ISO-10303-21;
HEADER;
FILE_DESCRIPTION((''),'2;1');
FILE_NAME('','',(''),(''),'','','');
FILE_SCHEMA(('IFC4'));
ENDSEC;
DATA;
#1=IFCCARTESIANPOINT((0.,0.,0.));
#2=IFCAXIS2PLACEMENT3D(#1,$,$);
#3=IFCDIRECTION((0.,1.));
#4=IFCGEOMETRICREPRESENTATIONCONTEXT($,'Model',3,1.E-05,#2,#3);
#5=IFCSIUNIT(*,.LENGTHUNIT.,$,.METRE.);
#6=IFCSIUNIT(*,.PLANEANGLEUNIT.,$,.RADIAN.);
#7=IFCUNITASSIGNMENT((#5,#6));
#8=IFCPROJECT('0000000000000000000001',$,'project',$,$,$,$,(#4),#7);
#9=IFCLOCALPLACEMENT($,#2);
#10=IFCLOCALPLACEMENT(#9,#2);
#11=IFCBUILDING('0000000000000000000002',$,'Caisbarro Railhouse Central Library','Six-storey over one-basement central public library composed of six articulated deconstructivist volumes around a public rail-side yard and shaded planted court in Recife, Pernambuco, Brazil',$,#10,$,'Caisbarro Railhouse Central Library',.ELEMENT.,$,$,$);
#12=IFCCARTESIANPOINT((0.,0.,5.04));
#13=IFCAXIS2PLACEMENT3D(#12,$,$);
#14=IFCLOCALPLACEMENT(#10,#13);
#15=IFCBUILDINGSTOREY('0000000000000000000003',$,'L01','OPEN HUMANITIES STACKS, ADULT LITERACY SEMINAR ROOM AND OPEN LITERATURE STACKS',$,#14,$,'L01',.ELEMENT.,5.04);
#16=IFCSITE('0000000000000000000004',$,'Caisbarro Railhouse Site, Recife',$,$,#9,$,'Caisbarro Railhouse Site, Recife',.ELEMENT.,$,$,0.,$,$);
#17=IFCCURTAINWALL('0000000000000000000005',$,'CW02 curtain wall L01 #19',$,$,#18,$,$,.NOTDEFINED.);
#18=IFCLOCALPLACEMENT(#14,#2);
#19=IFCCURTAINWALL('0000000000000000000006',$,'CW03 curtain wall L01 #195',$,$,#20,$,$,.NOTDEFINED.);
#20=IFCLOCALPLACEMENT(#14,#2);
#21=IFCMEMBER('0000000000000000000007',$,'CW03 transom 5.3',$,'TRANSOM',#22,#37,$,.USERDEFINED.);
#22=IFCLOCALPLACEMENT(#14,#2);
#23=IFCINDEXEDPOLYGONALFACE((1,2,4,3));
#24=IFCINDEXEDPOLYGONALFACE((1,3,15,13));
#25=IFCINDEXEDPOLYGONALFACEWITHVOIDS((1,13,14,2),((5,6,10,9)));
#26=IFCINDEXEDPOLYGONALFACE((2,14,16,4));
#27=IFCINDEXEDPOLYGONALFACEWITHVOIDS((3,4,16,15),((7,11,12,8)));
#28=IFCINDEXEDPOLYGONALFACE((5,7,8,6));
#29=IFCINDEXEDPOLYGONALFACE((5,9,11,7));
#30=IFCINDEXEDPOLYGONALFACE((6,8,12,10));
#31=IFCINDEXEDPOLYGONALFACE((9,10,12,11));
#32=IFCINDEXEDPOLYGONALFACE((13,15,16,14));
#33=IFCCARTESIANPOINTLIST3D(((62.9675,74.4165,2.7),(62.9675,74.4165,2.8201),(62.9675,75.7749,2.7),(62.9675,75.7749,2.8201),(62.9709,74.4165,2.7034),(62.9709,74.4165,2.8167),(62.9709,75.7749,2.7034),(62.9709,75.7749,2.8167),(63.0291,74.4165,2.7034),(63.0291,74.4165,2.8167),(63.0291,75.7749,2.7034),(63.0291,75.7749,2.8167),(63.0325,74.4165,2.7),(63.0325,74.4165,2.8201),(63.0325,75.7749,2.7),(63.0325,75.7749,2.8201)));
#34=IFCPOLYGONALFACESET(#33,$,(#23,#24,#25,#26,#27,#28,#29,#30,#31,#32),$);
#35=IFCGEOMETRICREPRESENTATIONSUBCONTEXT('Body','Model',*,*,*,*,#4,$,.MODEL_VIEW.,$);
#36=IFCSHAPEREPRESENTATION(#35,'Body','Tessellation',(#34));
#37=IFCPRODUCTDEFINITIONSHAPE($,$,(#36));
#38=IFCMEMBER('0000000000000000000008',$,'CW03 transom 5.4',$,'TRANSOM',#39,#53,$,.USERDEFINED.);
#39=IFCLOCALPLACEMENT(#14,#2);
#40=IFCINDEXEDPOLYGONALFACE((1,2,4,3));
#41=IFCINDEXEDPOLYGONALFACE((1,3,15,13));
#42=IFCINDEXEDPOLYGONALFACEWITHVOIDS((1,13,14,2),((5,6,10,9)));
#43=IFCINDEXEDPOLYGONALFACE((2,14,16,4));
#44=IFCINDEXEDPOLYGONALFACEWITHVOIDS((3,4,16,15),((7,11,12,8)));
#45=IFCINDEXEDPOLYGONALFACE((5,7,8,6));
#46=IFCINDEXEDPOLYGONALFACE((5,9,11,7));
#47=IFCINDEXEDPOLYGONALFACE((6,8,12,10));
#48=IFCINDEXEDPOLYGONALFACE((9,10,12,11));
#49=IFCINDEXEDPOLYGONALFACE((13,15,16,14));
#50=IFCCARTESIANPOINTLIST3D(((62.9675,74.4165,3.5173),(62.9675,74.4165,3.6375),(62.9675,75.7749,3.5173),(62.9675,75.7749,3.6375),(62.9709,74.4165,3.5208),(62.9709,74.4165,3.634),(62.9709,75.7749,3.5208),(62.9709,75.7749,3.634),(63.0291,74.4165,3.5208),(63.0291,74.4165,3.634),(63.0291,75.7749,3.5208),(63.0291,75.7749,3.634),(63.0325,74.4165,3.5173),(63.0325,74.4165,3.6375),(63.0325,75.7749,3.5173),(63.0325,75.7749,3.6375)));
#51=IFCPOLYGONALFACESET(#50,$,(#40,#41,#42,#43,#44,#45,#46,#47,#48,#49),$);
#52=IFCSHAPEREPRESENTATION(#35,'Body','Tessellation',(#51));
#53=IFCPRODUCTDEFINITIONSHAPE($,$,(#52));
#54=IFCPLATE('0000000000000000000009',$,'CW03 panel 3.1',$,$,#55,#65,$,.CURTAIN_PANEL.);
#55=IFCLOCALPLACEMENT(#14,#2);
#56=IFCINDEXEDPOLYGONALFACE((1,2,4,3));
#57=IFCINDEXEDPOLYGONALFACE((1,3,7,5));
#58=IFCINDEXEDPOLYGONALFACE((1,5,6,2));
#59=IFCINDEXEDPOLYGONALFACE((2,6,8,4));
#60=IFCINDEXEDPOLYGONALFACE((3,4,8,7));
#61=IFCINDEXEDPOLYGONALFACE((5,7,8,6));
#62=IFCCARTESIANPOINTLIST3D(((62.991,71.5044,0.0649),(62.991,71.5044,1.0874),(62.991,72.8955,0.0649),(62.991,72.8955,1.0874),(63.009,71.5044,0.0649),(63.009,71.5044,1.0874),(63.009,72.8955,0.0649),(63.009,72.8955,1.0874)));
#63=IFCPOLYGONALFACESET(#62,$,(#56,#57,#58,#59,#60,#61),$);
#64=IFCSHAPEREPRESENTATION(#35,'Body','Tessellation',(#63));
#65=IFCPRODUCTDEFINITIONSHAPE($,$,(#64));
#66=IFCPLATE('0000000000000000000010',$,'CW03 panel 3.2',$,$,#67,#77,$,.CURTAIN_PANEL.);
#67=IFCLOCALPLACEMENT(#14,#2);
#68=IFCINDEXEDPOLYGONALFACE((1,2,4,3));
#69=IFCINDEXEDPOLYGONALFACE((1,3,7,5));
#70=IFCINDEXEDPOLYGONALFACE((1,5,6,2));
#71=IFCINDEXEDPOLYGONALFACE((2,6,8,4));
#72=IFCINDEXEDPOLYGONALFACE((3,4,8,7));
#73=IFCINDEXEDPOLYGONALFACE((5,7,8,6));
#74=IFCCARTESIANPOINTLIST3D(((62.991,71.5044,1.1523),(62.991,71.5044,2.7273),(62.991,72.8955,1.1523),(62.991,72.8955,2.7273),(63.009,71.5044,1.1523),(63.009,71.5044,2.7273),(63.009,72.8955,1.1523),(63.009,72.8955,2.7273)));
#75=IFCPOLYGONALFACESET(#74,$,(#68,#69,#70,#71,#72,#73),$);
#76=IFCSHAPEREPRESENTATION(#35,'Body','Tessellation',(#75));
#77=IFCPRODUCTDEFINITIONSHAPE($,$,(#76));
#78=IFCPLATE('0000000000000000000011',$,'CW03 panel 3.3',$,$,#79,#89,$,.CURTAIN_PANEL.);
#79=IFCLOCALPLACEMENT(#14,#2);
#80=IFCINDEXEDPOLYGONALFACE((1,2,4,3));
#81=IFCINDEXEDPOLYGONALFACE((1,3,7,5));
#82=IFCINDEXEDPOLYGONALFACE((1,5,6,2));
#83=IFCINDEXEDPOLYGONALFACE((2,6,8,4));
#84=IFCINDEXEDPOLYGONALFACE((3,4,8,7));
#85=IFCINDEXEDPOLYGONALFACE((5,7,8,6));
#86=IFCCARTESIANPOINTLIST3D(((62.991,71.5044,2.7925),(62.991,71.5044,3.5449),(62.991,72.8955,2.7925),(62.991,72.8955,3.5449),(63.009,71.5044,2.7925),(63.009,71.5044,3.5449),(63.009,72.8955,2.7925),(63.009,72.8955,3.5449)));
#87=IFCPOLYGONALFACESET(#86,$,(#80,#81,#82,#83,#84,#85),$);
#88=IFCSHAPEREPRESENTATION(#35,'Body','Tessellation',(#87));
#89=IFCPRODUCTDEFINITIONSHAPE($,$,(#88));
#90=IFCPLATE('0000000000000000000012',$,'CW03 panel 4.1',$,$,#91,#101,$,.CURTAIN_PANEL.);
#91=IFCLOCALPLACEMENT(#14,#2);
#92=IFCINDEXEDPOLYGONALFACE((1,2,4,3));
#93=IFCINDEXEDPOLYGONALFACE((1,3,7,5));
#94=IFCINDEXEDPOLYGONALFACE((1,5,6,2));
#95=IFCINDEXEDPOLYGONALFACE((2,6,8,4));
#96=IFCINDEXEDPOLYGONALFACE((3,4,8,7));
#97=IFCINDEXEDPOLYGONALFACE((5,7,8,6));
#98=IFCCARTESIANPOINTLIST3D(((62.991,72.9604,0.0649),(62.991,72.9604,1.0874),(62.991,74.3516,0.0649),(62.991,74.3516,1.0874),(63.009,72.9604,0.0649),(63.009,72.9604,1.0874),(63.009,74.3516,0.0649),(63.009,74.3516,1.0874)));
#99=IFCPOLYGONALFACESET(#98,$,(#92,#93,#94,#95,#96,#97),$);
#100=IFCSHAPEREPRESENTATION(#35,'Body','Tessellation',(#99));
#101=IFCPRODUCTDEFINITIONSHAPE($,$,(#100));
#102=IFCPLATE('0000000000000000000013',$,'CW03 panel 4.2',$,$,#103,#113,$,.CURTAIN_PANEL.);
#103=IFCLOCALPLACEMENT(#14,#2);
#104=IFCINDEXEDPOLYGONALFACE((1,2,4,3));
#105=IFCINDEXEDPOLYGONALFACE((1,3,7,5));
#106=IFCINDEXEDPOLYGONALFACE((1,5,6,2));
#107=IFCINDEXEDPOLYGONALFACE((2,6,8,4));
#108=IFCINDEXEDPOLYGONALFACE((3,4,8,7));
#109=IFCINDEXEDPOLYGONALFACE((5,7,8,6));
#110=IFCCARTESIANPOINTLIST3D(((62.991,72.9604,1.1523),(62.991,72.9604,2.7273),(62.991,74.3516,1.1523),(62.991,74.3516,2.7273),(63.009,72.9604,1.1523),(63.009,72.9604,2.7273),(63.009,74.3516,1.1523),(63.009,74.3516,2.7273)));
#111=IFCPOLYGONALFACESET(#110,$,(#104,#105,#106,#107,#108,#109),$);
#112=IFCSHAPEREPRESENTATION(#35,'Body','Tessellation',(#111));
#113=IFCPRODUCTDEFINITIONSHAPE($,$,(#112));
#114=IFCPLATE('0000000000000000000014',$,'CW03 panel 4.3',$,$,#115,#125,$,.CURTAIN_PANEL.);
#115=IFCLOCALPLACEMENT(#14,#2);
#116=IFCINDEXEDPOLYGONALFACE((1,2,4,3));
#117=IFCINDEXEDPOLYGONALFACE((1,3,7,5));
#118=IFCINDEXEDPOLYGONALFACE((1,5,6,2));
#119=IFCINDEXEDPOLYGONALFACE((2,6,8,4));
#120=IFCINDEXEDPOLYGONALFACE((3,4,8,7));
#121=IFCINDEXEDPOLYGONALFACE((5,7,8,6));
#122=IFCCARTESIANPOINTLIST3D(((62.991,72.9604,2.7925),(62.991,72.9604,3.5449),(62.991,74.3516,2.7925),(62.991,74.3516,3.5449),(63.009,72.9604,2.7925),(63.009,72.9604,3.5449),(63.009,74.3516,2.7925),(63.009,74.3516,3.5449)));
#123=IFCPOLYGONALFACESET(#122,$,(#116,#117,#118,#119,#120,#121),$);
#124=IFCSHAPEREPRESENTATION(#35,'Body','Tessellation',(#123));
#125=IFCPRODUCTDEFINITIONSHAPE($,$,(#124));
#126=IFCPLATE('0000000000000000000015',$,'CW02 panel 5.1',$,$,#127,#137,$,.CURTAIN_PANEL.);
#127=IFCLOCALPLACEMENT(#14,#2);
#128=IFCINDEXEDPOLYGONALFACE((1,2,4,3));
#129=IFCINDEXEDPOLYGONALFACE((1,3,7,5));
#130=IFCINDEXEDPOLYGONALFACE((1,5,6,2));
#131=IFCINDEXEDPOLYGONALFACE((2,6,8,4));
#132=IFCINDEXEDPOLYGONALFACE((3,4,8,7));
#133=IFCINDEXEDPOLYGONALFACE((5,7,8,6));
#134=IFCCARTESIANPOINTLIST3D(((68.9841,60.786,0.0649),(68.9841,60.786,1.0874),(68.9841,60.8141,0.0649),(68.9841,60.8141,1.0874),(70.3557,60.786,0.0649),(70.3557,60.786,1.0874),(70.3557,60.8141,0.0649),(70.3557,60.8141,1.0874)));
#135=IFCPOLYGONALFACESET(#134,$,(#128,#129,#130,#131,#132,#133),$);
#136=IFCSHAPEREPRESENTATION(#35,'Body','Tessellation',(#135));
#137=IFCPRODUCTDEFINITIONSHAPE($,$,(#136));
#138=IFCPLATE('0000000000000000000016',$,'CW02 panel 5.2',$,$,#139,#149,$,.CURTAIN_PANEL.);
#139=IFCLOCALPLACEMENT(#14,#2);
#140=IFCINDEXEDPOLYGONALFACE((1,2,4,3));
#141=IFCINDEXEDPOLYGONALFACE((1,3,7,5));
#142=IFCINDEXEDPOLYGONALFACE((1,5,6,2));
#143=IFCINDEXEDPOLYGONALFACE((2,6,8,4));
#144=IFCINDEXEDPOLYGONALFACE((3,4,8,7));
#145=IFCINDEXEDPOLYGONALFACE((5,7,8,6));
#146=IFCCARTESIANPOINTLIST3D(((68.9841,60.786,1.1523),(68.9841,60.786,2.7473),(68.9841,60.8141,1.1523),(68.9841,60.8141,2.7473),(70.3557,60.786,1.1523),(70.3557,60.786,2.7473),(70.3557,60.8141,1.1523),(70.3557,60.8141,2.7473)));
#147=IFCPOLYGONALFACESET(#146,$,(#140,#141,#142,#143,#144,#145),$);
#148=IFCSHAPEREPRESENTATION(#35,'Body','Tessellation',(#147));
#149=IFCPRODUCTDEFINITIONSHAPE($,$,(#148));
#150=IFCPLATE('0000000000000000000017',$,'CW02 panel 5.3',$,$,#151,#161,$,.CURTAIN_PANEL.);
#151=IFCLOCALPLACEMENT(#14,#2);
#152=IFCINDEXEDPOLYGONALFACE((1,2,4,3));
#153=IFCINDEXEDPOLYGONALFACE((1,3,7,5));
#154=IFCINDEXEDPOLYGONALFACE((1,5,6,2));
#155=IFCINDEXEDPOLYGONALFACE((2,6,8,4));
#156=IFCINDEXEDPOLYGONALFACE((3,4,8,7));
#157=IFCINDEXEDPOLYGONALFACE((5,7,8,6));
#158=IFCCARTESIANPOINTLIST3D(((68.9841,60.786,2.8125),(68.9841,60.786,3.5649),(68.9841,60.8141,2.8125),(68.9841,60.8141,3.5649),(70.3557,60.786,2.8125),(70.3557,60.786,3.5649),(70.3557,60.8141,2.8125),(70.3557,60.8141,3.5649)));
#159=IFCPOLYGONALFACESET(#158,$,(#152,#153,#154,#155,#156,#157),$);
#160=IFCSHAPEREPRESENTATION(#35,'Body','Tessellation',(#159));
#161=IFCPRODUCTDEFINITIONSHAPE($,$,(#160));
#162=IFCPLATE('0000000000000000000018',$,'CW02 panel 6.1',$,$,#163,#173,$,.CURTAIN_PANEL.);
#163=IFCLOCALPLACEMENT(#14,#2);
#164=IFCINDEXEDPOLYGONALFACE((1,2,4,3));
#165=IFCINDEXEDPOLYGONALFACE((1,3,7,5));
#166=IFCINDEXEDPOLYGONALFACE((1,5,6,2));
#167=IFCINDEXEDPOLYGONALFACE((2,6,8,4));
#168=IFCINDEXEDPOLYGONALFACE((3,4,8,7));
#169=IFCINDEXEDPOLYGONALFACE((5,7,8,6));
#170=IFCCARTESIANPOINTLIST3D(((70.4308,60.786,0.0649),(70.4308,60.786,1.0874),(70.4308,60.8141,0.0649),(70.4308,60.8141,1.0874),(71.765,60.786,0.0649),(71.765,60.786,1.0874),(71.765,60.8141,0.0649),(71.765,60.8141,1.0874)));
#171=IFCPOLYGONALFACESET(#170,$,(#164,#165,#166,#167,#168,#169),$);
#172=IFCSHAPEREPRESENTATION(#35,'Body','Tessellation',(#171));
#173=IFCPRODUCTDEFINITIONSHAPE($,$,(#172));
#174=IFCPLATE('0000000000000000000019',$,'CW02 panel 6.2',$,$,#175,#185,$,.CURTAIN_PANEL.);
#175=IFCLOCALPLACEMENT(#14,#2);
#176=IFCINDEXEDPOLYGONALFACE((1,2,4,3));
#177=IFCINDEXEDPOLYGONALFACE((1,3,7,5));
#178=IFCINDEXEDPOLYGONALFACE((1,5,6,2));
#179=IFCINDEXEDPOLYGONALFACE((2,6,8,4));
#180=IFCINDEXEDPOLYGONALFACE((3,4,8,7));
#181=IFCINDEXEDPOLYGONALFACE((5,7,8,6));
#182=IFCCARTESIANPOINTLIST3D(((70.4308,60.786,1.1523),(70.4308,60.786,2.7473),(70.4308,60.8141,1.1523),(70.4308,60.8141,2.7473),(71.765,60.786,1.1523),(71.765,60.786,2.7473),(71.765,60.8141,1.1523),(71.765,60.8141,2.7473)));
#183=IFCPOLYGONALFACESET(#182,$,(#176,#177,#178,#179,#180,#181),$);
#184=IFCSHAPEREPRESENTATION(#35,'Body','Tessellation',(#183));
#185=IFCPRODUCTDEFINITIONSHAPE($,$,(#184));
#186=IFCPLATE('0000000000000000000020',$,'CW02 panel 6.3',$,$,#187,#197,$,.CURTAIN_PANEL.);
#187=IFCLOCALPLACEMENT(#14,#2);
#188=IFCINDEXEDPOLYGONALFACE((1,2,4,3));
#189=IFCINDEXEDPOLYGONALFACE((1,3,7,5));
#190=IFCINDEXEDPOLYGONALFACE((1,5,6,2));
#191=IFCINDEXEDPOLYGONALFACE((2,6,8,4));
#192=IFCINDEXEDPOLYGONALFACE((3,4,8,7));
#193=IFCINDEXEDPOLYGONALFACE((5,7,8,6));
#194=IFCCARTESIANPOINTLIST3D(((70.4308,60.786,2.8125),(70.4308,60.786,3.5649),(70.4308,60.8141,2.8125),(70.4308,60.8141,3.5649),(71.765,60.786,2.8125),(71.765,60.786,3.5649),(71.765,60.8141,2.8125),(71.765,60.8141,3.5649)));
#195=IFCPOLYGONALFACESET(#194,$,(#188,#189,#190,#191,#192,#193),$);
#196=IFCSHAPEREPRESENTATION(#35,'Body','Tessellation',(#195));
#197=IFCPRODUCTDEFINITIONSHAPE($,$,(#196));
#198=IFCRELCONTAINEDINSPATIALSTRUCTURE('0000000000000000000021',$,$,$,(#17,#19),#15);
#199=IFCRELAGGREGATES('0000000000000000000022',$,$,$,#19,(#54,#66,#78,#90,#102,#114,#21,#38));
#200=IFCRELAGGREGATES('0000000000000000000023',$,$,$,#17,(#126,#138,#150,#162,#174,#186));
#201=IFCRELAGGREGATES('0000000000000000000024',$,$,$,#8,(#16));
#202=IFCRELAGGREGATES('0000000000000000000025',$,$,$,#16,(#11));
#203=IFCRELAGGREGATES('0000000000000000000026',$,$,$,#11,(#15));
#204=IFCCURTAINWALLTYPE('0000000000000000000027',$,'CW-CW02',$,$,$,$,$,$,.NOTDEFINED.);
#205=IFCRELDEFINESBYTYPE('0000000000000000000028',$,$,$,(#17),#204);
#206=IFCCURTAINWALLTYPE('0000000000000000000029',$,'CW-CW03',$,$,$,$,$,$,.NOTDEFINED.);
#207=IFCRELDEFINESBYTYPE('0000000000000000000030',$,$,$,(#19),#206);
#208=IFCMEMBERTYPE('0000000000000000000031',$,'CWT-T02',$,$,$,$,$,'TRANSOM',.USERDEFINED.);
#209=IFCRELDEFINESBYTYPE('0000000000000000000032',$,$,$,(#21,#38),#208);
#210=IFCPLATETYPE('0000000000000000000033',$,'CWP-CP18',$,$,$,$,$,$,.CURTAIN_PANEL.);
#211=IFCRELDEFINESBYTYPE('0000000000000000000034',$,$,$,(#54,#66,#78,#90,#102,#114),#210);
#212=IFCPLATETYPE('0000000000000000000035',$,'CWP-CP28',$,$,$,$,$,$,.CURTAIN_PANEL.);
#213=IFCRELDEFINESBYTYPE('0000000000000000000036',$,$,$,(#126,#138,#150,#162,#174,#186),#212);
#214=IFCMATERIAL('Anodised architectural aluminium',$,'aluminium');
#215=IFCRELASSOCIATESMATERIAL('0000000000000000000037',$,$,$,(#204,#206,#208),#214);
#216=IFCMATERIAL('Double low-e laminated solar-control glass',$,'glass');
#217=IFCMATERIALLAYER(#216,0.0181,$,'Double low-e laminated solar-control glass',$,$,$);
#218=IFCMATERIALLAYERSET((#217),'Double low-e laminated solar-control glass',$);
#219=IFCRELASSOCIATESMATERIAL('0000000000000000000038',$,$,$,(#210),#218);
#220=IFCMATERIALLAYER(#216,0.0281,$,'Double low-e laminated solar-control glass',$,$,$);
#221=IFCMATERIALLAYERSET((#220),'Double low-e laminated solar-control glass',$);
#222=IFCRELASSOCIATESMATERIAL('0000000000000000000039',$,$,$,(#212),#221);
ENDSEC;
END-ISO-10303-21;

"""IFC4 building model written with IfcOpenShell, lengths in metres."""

from ifc_helpers import new_model, si_unit, direction, frame, origin, origin_2d, place, context, subcontext, project, spatial, rectangle, hollow_rectangle, extrude, material, layer, layer_set, material_profile, profile_set, type_object, element, aggregate, save


model = new_model("IFC4")

# Units and contexts
model_context = context("Model", 3, precision=1e-05, world=origin(), true_north=direction((0.0, 1.0)))
body_context = subcontext(model_context, "Body", "Model", "MODEL_VIEW")
ifc_project = project(units=[si_unit("LENGTHUNIT", "METRE"), si_unit("PLANEANGLEUNIT", "RADIAN")], contexts=[model_context])

# Site, building, storey
site_placement = place(None, origin())
site = spatial("IfcSite", under=ifc_project, at=site_placement, Name="Caisbarro Railhouse Site, Recife", LongName="Caisbarro Railhouse Site, Recife", CompositionType="ELEMENT", RefElevation=0.0)
building_placement = place(site_placement, origin())
building = spatial("IfcBuilding", under=site, at=building_placement, Name="Caisbarro Railhouse Central Library", Description="Six-storey over one-basement central public library composed of six articulated deconstructivist volumes around a public rail-side yard and shaded planted court in Recife, Pernambuco, Brazil", LongName="Caisbarro Railhouse Central Library", CompositionType="ELEMENT")
storey_placement = place(building_placement, frame((0.0, 0.0, 5.04)))
storey = spatial("IfcBuildingStorey", under=building, at=storey_placement, Name="L01", Description="OPEN HUMANITIES STACKS, ADULT LITERACY SEMINAR ROOM AND OPEN LITERATURE STACKS", LongName="L01", CompositionType="ELEMENT", Elevation=5.04)

# Curtain walls
ifc_material_1 = material(Name="Anodised architectural aluminium", Category="aluminium")
curtain_wall_type_1 = type_object("IfcCurtainWallType", Name="CW-CW02", PredefinedType="NOTDEFINED", material=ifc_material_1)
curtain_wall_1_placement = place(storey_placement, origin())
curtain_wall_1 = element("IfcCurtainWall", 1, at=curtain_wall_1_placement, inside=storey, type_object=curtain_wall_type_1, Name="CW02 curtain wall L01 #19", PredefinedType="NOTDEFINED")
curtain_wall_type_2 = type_object("IfcCurtainWallType", Name="CW-CW03", PredefinedType="NOTDEFINED", material=ifc_material_1)
curtain_wall_2_placement = place(storey_placement, origin())
curtain_wall_2 = element("IfcCurtainWall", 2, at=curtain_wall_2_placement, inside=storey, type_object=curtain_wall_type_2, Name="CW03 curtain wall L01 #195", PredefinedType="NOTDEFINED")

# Members
ifc_material_profile_1 = material_profile(ifc_material_1, hollow_rectangle(XDim=0.0649, YDim=0.1201, WallThickness=0.0034, at=origin_2d()), Name="ALU-TRN-65X120")
ifc_profile_set_1 = profile_set([ifc_material_profile_1], Name="Anodised architectural aluminium")
member_type_1 = type_object("IfcMemberType", Name="CWT-T02", ElementType="TRANSOM", PredefinedType="USERDEFINED", material=ifc_profile_set_1)
member_1_placement = place(storey_placement, frame((63.0, 74.4165, 2.76), z_axis=(0.0, 1.0, 0.0), x_axis=(-1.0, 0.0, 0.0)))
member_1 = element("IfcMember", 3, at=member_1_placement, type_object=member_type_1, Name="CW03 transom 5.3", ObjectType="TRANSOM", PredefinedType="USERDEFINED", context=body_context, shape_type="SweptSolid", body=[
    extrude(hollow_rectangle(XDim=0.0649, YDim=0.1201, WallThickness=0.0034, at=origin_2d()), origin(), (0.0, 0.0, 1.0), 1.3584),
])
member_2_placement = place(storey_placement, frame((63.0, 74.4165, 3.5774), z_axis=(0.0, 1.0, 0.0), x_axis=(-1.0, 0.0, 0.0)))
member_2 = element("IfcMember", 4, at=member_2_placement, type_object=member_type_1, Name="CW03 transom 5.4", ObjectType="TRANSOM", PredefinedType="USERDEFINED", context=body_context, shape_type="SweptSolid", body=[
    extrude(hollow_rectangle(XDim=0.0649, YDim=0.1201, WallThickness=0.0034, at=origin_2d()), origin(), (0.0, 0.0, 1.0), 1.3584),
])

# Plates
ifc_material_2 = material(Name="Double low-e laminated solar-control glass", Category="glass")
ifc_layer_1 = layer(ifc_material_2, 0.0181, Name="Double low-e laminated solar-control glass")
ifc_layer_set_1 = layer_set([ifc_layer_1], Name="Double low-e laminated solar-control glass")
plate_type_1 = type_object("IfcPlateType", Name="CWP-CP18", PredefinedType="CURTAIN_PANEL", material=ifc_layer_set_1)
plate_1_placement = place(storey_placement, frame((63.0, 72.2, 0.0649), z_axis=(0.0, 0.0, 1.0), x_axis=(0.0, 1.0, 0.0)))
plate_1 = element("IfcPlate", 5, at=plate_1_placement, type_object=plate_type_1, Name="CW03 panel 3.1", PredefinedType="CURTAIN_PANEL", context=body_context, shape_type="SweptSolid", body=[
    extrude(rectangle(XDim=1.3911, YDim=0.0181, at=origin_2d()), origin(), (0.0, 0.0, 1.0), 1.0225),
])
plate_2_placement = place(storey_placement, frame((63.0, 72.2, 1.1523), z_axis=(0.0, 0.0, 1.0), x_axis=(0.0, 1.0, 0.0)))
plate_2 = element("IfcPlate", 6, at=plate_2_placement, type_object=plate_type_1, Name="CW03 panel 3.2", PredefinedType="CURTAIN_PANEL", context=body_context, shape_type="SweptSolid", body=[
    extrude(rectangle(XDim=1.3911, YDim=0.0181, at=origin_2d()), origin(), (0.0, 0.0, 1.0), 1.575),
])
plate_3_placement = place(storey_placement, frame((63.0, 72.2, 2.7925), z_axis=(0.0, 0.0, 1.0), x_axis=(0.0, 1.0, 0.0)))
plate_3 = element("IfcPlate", 7, at=plate_3_placement, type_object=plate_type_1, Name="CW03 panel 3.3", PredefinedType="CURTAIN_PANEL", context=body_context, shape_type="SweptSolid", body=[
    extrude(rectangle(XDim=1.3911, YDim=0.0181, at=origin_2d()), origin(), (0.0, 0.0, 1.0), 0.7524),
])
plate_4_placement = place(storey_placement, frame((63.0, 73.656, 0.0649), z_axis=(0.0, 0.0, 1.0), x_axis=(0.0, 1.0, 0.0)))
plate_4 = element("IfcPlate", 8, at=plate_4_placement, type_object=plate_type_1, Name="CW03 panel 4.1", PredefinedType="CURTAIN_PANEL", context=body_context, shape_type="SweptSolid", body=[
    extrude(rectangle(XDim=1.3911, YDim=0.0181, at=origin_2d()), origin(), (0.0, 0.0, 1.0), 1.0225),
])
plate_5_placement = place(storey_placement, frame((63.0, 73.656, 1.1523), z_axis=(0.0, 0.0, 1.0), x_axis=(0.0, 1.0, 0.0)))
plate_5 = element("IfcPlate", 9, at=plate_5_placement, type_object=plate_type_1, Name="CW03 panel 4.2", PredefinedType="CURTAIN_PANEL", context=body_context, shape_type="SweptSolid", body=[
    extrude(rectangle(XDim=1.3911, YDim=0.0181, at=origin_2d()), origin(), (0.0, 0.0, 1.0), 1.575),
])
plate_6_placement = place(storey_placement, frame((63.0, 73.656, 2.7925), z_axis=(0.0, 0.0, 1.0), x_axis=(0.0, 1.0, 0.0)))
plate_6 = element("IfcPlate", 10, at=plate_6_placement, type_object=plate_type_1, Name="CW03 panel 4.3", PredefinedType="CURTAIN_PANEL", context=body_context, shape_type="SweptSolid", body=[
    extrude(rectangle(XDim=1.3911, YDim=0.0181, at=origin_2d()), origin(), (0.0, 0.0, 1.0), 0.7524),
])
aggregate(curtain_wall_2, [plate_1, plate_2, plate_3, plate_4, plate_5, plate_6, member_1, member_2])
ifc_layer_2 = layer(ifc_material_2, 0.0281, Name="Double low-e laminated solar-control glass")
ifc_layer_set_2 = layer_set([ifc_layer_2], Name="Double low-e laminated solar-control glass")
plate_type_2 = type_object("IfcPlateType", Name="CWP-CP28", PredefinedType="CURTAIN_PANEL", material=ifc_layer_set_2)
plate_7_placement = place(storey_placement, frame((69.6699, 60.8, 0.0649), z_axis=(0.0, 0.0, 1.0), x_axis=(1.0, 0.0, 0.0)))
plate_7 = element("IfcPlate", 11, at=plate_7_placement, type_object=plate_type_2, Name="CW02 panel 5.1", PredefinedType="CURTAIN_PANEL", context=body_context, shape_type="SweptSolid", body=[
    extrude(rectangle(XDim=1.3716, YDim=0.0281, at=origin_2d()), origin(), (0.0, 0.0, 1.0), 1.0225),
])
plate_8_placement = place(storey_placement, frame((69.6699, 60.8, 1.1523), z_axis=(0.0, 0.0, 1.0), x_axis=(1.0, 0.0, 0.0)))
plate_8 = element("IfcPlate", 12, at=plate_8_placement, type_object=plate_type_2, Name="CW02 panel 5.2", PredefinedType="CURTAIN_PANEL", context=body_context, shape_type="SweptSolid", body=[
    extrude(rectangle(XDim=1.3716, YDim=0.0281, at=origin_2d()), origin(), (0.0, 0.0, 1.0), 1.595),
])
plate_9_placement = place(storey_placement, frame((69.6699, 60.8, 2.8125), z_axis=(0.0, 0.0, 1.0), x_axis=(1.0, 0.0, 0.0)))
plate_9 = element("IfcPlate", 13, at=plate_9_placement, type_object=plate_type_2, Name="CW02 panel 5.3", PredefinedType="CURTAIN_PANEL", context=body_context, shape_type="SweptSolid", body=[
    extrude(rectangle(XDim=1.3716, YDim=0.0281, at=origin_2d()), origin(), (0.0, 0.0, 1.0), 0.7524),
])
plate_10_placement = place(storey_placement, frame((71.0979, 60.8, 0.0649), z_axis=(0.0, 0.0, 1.0), x_axis=(1.0, 0.0, 0.0)))
plate_10 = element("IfcPlate", 14, at=plate_10_placement, type_object=plate_type_2, Name="CW02 panel 6.1", PredefinedType="CURTAIN_PANEL", context=body_context, shape_type="SweptSolid", body=[
    extrude(rectangle(XDim=1.3342, YDim=0.0281, at=origin_2d()), origin(), (0.0, 0.0, 1.0), 1.0225),
])
plate_11_placement = place(storey_placement, frame((71.0979, 60.8, 1.1523), z_axis=(0.0, 0.0, 1.0), x_axis=(1.0, 0.0, 0.0)))
plate_11 = element("IfcPlate", 15, at=plate_11_placement, type_object=plate_type_2, Name="CW02 panel 6.2", PredefinedType="CURTAIN_PANEL", context=body_context, shape_type="SweptSolid", body=[
    extrude(rectangle(XDim=1.3342, YDim=0.0281, at=origin_2d()), origin(), (0.0, 0.0, 1.0), 1.595),
])
plate_12_placement = place(storey_placement, frame((71.0979, 60.8, 2.8125), z_axis=(0.0, 0.0, 1.0), x_axis=(1.0, 0.0, 0.0)))
plate_12 = element("IfcPlate", 16, at=plate_12_placement, type_object=plate_type_2, Name="CW02 panel 6.3", PredefinedType="CURTAIN_PANEL", context=body_context, shape_type="SweptSolid", body=[
    extrude(rectangle(XDim=1.3342, YDim=0.0281, at=origin_2d()), origin(), (0.0, 0.0, 1.0), 0.7524),
])
aggregate(curtain_wall_1, [plate_7, plate_8, plate_9, plate_10, plate_11, plate_12])

save(model, "model.ifc")
